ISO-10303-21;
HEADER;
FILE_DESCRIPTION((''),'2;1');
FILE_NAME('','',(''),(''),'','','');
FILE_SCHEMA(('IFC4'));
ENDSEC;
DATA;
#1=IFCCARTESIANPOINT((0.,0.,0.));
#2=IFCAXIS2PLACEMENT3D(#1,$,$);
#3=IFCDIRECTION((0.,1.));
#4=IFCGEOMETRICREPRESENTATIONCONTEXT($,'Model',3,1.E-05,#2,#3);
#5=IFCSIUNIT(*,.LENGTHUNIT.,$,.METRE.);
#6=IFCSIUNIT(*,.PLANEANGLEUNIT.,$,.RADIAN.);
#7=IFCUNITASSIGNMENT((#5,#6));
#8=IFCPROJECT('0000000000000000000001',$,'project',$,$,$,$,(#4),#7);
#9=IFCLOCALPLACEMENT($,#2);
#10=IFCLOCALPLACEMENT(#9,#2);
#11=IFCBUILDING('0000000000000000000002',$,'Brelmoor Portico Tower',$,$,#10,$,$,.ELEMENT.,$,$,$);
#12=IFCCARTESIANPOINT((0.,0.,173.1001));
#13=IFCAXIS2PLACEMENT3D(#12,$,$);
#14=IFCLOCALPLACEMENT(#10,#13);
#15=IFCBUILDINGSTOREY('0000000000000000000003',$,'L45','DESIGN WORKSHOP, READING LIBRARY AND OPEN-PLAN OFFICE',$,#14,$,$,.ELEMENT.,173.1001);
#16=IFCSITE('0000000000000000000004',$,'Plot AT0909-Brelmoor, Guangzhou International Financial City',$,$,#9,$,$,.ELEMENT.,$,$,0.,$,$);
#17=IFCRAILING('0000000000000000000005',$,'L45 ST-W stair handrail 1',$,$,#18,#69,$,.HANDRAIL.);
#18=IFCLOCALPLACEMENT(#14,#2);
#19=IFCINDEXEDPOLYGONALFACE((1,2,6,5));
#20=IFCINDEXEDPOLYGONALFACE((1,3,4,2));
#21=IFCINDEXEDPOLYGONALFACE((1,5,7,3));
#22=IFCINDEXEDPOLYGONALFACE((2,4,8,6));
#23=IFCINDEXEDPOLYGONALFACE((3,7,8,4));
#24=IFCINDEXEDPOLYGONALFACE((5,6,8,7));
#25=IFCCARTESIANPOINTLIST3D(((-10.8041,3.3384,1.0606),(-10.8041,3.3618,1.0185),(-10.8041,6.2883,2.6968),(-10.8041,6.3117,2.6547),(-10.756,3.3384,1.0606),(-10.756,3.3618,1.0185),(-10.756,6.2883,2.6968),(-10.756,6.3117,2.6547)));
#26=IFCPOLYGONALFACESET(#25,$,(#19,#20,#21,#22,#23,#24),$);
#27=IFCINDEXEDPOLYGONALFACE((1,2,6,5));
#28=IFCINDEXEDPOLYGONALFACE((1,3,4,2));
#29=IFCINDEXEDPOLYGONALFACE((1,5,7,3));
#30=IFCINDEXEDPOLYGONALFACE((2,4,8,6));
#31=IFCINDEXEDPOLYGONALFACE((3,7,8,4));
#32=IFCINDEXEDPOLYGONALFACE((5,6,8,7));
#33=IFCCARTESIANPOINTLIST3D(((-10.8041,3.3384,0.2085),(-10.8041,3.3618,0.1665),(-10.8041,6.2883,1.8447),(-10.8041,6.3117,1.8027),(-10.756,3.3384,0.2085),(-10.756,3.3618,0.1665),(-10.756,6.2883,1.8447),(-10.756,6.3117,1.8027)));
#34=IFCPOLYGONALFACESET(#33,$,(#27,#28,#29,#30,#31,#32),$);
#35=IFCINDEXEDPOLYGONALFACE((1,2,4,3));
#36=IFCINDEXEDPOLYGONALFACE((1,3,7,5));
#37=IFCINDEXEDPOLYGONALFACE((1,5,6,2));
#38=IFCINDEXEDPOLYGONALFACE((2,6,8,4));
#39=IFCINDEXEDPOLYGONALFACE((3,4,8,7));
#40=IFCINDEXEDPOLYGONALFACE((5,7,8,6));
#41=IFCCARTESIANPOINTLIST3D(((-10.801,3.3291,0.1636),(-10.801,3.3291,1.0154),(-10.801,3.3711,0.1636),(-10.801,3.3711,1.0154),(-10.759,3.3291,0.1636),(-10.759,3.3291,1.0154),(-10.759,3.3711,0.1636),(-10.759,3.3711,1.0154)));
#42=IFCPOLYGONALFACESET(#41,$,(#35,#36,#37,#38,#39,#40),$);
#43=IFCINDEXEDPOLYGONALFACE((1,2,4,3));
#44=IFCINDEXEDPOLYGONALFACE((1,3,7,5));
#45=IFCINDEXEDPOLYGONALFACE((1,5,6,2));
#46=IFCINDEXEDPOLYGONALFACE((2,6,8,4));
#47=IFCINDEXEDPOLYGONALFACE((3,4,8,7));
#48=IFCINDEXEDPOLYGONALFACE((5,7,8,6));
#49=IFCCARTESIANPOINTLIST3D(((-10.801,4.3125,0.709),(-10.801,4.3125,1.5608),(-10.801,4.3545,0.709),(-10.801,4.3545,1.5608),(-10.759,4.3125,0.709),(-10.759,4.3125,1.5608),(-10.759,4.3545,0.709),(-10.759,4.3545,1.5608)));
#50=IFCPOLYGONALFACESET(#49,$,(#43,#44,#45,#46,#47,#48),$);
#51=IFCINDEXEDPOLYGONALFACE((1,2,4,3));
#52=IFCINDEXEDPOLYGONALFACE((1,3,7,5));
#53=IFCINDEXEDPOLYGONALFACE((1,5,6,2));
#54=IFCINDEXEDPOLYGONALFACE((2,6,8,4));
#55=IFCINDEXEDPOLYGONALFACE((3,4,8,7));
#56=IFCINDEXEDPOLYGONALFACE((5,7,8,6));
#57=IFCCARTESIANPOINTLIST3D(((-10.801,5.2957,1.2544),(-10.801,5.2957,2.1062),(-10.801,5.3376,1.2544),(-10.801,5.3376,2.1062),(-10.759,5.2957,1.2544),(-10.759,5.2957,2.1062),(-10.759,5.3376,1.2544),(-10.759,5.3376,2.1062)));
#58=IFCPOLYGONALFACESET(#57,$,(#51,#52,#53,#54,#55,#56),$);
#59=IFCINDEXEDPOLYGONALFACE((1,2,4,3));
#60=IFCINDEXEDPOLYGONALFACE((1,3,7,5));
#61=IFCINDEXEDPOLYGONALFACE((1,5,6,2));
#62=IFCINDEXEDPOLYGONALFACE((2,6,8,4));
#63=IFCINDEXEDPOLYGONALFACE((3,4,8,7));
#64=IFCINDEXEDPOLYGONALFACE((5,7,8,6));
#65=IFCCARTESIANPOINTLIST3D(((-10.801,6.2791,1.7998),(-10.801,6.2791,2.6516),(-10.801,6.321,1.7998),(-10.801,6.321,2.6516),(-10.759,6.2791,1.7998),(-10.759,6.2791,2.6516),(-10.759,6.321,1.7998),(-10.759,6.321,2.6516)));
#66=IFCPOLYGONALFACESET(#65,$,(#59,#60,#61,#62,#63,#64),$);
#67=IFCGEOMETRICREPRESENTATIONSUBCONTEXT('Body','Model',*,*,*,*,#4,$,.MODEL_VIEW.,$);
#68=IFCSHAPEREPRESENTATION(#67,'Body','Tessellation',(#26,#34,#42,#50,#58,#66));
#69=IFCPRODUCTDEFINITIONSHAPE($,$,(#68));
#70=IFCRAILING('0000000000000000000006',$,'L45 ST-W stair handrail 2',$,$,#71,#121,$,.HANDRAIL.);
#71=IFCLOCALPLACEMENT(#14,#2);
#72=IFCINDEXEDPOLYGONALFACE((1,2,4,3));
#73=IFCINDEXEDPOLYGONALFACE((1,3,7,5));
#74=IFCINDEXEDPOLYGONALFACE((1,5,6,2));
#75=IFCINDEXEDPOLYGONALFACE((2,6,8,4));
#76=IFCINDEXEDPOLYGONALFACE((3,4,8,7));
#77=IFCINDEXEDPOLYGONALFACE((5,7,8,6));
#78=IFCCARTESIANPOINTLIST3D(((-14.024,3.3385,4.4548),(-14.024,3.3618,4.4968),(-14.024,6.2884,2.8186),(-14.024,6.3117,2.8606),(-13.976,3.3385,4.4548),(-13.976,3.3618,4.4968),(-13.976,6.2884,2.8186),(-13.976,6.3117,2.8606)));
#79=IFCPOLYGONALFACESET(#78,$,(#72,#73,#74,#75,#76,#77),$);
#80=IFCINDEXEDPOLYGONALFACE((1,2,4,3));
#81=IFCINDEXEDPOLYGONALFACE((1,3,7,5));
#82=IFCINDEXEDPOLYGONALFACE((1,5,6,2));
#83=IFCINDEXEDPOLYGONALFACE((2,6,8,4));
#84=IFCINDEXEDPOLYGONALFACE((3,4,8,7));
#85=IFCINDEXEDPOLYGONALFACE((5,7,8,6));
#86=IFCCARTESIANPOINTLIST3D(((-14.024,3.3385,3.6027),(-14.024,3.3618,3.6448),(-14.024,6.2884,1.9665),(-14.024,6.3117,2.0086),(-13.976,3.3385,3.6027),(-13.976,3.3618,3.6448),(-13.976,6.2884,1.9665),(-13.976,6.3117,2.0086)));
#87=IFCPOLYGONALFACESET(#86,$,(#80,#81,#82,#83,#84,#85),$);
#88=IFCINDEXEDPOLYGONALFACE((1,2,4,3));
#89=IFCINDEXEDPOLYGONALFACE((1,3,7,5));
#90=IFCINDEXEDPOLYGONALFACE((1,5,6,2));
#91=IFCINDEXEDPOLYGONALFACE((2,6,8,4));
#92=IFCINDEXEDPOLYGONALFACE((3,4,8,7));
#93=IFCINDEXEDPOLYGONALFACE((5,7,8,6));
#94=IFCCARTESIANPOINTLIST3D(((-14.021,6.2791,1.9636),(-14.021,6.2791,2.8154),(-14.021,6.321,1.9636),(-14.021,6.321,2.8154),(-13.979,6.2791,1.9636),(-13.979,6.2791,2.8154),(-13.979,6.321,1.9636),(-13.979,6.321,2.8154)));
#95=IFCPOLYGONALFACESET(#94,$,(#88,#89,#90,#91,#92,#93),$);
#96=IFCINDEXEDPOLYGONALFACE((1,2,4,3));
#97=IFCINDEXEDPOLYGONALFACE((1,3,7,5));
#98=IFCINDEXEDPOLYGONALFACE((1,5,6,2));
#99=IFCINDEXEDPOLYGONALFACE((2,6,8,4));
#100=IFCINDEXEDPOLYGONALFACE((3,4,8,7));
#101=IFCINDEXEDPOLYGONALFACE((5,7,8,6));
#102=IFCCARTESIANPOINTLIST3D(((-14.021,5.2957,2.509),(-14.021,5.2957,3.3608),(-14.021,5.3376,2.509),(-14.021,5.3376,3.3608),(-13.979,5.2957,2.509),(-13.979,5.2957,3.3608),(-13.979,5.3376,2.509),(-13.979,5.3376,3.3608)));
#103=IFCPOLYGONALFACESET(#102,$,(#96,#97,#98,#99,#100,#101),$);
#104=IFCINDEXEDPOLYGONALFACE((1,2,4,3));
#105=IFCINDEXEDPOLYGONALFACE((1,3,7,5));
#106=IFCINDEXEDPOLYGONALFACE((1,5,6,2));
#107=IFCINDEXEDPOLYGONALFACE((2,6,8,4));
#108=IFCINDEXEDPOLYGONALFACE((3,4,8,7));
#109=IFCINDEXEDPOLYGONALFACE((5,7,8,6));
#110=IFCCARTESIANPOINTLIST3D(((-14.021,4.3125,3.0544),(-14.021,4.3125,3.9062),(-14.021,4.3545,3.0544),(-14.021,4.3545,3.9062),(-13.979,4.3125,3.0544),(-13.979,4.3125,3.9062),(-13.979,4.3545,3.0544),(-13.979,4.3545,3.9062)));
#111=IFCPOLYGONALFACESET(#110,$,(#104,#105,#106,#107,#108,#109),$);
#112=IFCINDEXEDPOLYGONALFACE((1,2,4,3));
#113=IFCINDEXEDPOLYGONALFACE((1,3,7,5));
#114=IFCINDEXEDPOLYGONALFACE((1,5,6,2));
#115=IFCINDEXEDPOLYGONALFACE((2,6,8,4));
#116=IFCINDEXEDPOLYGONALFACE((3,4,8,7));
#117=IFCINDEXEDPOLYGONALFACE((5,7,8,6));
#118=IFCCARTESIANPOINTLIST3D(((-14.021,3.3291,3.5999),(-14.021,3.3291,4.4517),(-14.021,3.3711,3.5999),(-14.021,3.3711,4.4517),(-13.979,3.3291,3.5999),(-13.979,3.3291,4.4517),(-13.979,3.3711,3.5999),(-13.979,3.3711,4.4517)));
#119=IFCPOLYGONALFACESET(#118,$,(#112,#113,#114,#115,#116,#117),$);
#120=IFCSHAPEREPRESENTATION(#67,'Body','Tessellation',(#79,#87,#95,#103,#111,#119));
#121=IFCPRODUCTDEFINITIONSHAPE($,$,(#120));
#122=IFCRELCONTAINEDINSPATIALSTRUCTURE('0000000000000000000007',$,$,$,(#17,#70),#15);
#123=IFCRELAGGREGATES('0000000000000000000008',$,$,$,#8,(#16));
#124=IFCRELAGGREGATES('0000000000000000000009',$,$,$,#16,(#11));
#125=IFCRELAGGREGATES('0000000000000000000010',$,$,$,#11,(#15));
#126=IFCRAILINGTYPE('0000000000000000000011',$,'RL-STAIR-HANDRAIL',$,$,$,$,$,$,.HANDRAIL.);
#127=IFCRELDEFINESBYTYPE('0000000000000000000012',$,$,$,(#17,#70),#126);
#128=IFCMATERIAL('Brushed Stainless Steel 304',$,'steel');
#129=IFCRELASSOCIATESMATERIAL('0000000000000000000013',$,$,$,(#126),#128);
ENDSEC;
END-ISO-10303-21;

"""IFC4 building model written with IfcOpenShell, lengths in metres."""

from ifc_helpers import new_model, si_unit, direction, frame, origin, origin_2d, place, context, subcontext, project, spatial, rectangle, extrude, material, type_object, element, save


model = new_model("IFC4")

# Units and contexts
model_context = context("Model", 3, precision=1e-05, world=origin(), true_north=direction((0.0, 1.0)))
body_context = subcontext(model_context, "Body", "Model", "MODEL_VIEW")
ifc_project = project(units=[si_unit("LENGTHUNIT", "METRE"), si_unit("PLANEANGLEUNIT", "RADIAN")], contexts=[model_context])

# Site, building, storey
site_placement = place(None, origin())
site = spatial("IfcSite", under=ifc_project, at=site_placement, Name="Plot AT0909-Brelmoor, Guangzhou International Financial City", CompositionType="ELEMENT", RefElevation=0.0)
building_placement = place(site_placement, origin())
building = spatial("IfcBuilding", under=site, at=building_placement, Name="Brelmoor Portico Tower", CompositionType="ELEMENT")
storey_placement = place(building_placement, frame((0.0, 0.0, 173.1001)))
storey = spatial("IfcBuildingStorey", under=building, at=storey_placement, Name="L45", Description="DESIGN WORKSHOP, READING LIBRARY AND OPEN-PLAN OFFICE", CompositionType="ELEMENT", Elevation=173.1001)

# Railings
ifc_material_1 = material(Name="Brushed Stainless Steel 304", Category="steel")
railing_type_1 = type_object("IfcRailingType", Name="RL-STAIR-HANDRAIL", PredefinedType="HANDRAIL", material=ifc_material_1)
railing_1_placement = place(storey_placement, frame((-10.78, 3.3501, 0.1636)))
element("IfcRailing", 1, at=railing_1_placement, inside=storey, type_object=railing_type_1, Name="L45 ST-W stair handrail 1", PredefinedType="HANDRAIL", context=body_context, shape_type="SweptSolid", body=[
    extrude(rectangle(XDim=0.0481, YDim=0.0481, at=origin_2d()), frame((0.0, 0.0, 0.876), z_axis=(0.0, 0.874488, 0.485047), x_axis=(-1.0, 0.0, 0.0)), (0.0, 0.0, 1.0), 3.3733),
    extrude(rectangle(XDim=0.0481, YDim=0.0481, at=origin_2d()), frame((0.0, 0.0, 0.0239), z_axis=(0.0, 0.874488, 0.485047), x_axis=(-1.0, 0.0, 0.0)), (0.0, 0.0, 1.0), 3.3733),
    extrude(rectangle(XDim=0.042, YDim=0.042, at=origin_2d()), origin(), (0.0, 0.0, 1.0), 0.8518),
    extrude(rectangle(XDim=0.042, YDim=0.042, at=origin_2d()), frame((0.0, 0.9834, 0.5454)), (0.0, 0.0, 1.0), 0.8518),
    extrude(rectangle(XDim=0.042, YDim=0.042, at=origin_2d()), frame((0.0, 1.9666, 1.0908)), (0.0, 0.0, 1.0), 0.8518),
    extrude(rectangle(XDim=0.042, YDim=0.042, at=origin_2d()), frame((0.0, 2.95, 1.6362)), (0.0, 0.0, 1.0), 0.8518),
])
railing_2_placement = place(storey_placement, frame((-14.0, 6.3, 1.9636)))
element("IfcRailing", 2, at=railing_2_placement, inside=storey, type_object=railing_type_1, Name="L45 ST-W stair handrail 2", PredefinedType="HANDRAIL", context=body_context, shape_type="SweptSolid", body=[
    extrude(rectangle(XDim=0.0481, YDim=0.0481, at=origin_2d()), frame((0.0, 0.0, 0.876), z_axis=(0.0, -0.874488, 0.485047), x_axis=(1.0, 0.0, 0.0)), (0.0, 0.0, 1.0), 3.3733),
    extrude(rectangle(XDim=0.0481, YDim=0.0481, at=origin_2d()), frame((0.0, 0.0, 0.0239), z_axis=(0.0, -0.874488, 0.485047), x_axis=(1.0, 0.0, 0.0)), (0.0, 0.0, 1.0), 3.3733),
    extrude(rectangle(XDim=0.042, YDim=0.042, at=origin_2d()), origin(), (0.0, 0.0, 1.0), 0.8518),
    extrude(rectangle(XDim=0.042, YDim=0.042, at=origin_2d()), frame((0.0, -0.9834, 0.5454)), (0.0, 0.0, 1.0), 0.8518),
    extrude(rectangle(XDim=0.042, YDim=0.042, at=origin_2d()), frame((0.0, -1.9666, 1.0908)), (0.0, 0.0, 1.0), 0.8518),
    extrude(rectangle(XDim=0.042, YDim=0.042, at=origin_2d()), frame((0.0, -2.95, 1.6362)), (0.0, 0.0, 1.0), 0.8518),
])

save(model, "model.ifc")
